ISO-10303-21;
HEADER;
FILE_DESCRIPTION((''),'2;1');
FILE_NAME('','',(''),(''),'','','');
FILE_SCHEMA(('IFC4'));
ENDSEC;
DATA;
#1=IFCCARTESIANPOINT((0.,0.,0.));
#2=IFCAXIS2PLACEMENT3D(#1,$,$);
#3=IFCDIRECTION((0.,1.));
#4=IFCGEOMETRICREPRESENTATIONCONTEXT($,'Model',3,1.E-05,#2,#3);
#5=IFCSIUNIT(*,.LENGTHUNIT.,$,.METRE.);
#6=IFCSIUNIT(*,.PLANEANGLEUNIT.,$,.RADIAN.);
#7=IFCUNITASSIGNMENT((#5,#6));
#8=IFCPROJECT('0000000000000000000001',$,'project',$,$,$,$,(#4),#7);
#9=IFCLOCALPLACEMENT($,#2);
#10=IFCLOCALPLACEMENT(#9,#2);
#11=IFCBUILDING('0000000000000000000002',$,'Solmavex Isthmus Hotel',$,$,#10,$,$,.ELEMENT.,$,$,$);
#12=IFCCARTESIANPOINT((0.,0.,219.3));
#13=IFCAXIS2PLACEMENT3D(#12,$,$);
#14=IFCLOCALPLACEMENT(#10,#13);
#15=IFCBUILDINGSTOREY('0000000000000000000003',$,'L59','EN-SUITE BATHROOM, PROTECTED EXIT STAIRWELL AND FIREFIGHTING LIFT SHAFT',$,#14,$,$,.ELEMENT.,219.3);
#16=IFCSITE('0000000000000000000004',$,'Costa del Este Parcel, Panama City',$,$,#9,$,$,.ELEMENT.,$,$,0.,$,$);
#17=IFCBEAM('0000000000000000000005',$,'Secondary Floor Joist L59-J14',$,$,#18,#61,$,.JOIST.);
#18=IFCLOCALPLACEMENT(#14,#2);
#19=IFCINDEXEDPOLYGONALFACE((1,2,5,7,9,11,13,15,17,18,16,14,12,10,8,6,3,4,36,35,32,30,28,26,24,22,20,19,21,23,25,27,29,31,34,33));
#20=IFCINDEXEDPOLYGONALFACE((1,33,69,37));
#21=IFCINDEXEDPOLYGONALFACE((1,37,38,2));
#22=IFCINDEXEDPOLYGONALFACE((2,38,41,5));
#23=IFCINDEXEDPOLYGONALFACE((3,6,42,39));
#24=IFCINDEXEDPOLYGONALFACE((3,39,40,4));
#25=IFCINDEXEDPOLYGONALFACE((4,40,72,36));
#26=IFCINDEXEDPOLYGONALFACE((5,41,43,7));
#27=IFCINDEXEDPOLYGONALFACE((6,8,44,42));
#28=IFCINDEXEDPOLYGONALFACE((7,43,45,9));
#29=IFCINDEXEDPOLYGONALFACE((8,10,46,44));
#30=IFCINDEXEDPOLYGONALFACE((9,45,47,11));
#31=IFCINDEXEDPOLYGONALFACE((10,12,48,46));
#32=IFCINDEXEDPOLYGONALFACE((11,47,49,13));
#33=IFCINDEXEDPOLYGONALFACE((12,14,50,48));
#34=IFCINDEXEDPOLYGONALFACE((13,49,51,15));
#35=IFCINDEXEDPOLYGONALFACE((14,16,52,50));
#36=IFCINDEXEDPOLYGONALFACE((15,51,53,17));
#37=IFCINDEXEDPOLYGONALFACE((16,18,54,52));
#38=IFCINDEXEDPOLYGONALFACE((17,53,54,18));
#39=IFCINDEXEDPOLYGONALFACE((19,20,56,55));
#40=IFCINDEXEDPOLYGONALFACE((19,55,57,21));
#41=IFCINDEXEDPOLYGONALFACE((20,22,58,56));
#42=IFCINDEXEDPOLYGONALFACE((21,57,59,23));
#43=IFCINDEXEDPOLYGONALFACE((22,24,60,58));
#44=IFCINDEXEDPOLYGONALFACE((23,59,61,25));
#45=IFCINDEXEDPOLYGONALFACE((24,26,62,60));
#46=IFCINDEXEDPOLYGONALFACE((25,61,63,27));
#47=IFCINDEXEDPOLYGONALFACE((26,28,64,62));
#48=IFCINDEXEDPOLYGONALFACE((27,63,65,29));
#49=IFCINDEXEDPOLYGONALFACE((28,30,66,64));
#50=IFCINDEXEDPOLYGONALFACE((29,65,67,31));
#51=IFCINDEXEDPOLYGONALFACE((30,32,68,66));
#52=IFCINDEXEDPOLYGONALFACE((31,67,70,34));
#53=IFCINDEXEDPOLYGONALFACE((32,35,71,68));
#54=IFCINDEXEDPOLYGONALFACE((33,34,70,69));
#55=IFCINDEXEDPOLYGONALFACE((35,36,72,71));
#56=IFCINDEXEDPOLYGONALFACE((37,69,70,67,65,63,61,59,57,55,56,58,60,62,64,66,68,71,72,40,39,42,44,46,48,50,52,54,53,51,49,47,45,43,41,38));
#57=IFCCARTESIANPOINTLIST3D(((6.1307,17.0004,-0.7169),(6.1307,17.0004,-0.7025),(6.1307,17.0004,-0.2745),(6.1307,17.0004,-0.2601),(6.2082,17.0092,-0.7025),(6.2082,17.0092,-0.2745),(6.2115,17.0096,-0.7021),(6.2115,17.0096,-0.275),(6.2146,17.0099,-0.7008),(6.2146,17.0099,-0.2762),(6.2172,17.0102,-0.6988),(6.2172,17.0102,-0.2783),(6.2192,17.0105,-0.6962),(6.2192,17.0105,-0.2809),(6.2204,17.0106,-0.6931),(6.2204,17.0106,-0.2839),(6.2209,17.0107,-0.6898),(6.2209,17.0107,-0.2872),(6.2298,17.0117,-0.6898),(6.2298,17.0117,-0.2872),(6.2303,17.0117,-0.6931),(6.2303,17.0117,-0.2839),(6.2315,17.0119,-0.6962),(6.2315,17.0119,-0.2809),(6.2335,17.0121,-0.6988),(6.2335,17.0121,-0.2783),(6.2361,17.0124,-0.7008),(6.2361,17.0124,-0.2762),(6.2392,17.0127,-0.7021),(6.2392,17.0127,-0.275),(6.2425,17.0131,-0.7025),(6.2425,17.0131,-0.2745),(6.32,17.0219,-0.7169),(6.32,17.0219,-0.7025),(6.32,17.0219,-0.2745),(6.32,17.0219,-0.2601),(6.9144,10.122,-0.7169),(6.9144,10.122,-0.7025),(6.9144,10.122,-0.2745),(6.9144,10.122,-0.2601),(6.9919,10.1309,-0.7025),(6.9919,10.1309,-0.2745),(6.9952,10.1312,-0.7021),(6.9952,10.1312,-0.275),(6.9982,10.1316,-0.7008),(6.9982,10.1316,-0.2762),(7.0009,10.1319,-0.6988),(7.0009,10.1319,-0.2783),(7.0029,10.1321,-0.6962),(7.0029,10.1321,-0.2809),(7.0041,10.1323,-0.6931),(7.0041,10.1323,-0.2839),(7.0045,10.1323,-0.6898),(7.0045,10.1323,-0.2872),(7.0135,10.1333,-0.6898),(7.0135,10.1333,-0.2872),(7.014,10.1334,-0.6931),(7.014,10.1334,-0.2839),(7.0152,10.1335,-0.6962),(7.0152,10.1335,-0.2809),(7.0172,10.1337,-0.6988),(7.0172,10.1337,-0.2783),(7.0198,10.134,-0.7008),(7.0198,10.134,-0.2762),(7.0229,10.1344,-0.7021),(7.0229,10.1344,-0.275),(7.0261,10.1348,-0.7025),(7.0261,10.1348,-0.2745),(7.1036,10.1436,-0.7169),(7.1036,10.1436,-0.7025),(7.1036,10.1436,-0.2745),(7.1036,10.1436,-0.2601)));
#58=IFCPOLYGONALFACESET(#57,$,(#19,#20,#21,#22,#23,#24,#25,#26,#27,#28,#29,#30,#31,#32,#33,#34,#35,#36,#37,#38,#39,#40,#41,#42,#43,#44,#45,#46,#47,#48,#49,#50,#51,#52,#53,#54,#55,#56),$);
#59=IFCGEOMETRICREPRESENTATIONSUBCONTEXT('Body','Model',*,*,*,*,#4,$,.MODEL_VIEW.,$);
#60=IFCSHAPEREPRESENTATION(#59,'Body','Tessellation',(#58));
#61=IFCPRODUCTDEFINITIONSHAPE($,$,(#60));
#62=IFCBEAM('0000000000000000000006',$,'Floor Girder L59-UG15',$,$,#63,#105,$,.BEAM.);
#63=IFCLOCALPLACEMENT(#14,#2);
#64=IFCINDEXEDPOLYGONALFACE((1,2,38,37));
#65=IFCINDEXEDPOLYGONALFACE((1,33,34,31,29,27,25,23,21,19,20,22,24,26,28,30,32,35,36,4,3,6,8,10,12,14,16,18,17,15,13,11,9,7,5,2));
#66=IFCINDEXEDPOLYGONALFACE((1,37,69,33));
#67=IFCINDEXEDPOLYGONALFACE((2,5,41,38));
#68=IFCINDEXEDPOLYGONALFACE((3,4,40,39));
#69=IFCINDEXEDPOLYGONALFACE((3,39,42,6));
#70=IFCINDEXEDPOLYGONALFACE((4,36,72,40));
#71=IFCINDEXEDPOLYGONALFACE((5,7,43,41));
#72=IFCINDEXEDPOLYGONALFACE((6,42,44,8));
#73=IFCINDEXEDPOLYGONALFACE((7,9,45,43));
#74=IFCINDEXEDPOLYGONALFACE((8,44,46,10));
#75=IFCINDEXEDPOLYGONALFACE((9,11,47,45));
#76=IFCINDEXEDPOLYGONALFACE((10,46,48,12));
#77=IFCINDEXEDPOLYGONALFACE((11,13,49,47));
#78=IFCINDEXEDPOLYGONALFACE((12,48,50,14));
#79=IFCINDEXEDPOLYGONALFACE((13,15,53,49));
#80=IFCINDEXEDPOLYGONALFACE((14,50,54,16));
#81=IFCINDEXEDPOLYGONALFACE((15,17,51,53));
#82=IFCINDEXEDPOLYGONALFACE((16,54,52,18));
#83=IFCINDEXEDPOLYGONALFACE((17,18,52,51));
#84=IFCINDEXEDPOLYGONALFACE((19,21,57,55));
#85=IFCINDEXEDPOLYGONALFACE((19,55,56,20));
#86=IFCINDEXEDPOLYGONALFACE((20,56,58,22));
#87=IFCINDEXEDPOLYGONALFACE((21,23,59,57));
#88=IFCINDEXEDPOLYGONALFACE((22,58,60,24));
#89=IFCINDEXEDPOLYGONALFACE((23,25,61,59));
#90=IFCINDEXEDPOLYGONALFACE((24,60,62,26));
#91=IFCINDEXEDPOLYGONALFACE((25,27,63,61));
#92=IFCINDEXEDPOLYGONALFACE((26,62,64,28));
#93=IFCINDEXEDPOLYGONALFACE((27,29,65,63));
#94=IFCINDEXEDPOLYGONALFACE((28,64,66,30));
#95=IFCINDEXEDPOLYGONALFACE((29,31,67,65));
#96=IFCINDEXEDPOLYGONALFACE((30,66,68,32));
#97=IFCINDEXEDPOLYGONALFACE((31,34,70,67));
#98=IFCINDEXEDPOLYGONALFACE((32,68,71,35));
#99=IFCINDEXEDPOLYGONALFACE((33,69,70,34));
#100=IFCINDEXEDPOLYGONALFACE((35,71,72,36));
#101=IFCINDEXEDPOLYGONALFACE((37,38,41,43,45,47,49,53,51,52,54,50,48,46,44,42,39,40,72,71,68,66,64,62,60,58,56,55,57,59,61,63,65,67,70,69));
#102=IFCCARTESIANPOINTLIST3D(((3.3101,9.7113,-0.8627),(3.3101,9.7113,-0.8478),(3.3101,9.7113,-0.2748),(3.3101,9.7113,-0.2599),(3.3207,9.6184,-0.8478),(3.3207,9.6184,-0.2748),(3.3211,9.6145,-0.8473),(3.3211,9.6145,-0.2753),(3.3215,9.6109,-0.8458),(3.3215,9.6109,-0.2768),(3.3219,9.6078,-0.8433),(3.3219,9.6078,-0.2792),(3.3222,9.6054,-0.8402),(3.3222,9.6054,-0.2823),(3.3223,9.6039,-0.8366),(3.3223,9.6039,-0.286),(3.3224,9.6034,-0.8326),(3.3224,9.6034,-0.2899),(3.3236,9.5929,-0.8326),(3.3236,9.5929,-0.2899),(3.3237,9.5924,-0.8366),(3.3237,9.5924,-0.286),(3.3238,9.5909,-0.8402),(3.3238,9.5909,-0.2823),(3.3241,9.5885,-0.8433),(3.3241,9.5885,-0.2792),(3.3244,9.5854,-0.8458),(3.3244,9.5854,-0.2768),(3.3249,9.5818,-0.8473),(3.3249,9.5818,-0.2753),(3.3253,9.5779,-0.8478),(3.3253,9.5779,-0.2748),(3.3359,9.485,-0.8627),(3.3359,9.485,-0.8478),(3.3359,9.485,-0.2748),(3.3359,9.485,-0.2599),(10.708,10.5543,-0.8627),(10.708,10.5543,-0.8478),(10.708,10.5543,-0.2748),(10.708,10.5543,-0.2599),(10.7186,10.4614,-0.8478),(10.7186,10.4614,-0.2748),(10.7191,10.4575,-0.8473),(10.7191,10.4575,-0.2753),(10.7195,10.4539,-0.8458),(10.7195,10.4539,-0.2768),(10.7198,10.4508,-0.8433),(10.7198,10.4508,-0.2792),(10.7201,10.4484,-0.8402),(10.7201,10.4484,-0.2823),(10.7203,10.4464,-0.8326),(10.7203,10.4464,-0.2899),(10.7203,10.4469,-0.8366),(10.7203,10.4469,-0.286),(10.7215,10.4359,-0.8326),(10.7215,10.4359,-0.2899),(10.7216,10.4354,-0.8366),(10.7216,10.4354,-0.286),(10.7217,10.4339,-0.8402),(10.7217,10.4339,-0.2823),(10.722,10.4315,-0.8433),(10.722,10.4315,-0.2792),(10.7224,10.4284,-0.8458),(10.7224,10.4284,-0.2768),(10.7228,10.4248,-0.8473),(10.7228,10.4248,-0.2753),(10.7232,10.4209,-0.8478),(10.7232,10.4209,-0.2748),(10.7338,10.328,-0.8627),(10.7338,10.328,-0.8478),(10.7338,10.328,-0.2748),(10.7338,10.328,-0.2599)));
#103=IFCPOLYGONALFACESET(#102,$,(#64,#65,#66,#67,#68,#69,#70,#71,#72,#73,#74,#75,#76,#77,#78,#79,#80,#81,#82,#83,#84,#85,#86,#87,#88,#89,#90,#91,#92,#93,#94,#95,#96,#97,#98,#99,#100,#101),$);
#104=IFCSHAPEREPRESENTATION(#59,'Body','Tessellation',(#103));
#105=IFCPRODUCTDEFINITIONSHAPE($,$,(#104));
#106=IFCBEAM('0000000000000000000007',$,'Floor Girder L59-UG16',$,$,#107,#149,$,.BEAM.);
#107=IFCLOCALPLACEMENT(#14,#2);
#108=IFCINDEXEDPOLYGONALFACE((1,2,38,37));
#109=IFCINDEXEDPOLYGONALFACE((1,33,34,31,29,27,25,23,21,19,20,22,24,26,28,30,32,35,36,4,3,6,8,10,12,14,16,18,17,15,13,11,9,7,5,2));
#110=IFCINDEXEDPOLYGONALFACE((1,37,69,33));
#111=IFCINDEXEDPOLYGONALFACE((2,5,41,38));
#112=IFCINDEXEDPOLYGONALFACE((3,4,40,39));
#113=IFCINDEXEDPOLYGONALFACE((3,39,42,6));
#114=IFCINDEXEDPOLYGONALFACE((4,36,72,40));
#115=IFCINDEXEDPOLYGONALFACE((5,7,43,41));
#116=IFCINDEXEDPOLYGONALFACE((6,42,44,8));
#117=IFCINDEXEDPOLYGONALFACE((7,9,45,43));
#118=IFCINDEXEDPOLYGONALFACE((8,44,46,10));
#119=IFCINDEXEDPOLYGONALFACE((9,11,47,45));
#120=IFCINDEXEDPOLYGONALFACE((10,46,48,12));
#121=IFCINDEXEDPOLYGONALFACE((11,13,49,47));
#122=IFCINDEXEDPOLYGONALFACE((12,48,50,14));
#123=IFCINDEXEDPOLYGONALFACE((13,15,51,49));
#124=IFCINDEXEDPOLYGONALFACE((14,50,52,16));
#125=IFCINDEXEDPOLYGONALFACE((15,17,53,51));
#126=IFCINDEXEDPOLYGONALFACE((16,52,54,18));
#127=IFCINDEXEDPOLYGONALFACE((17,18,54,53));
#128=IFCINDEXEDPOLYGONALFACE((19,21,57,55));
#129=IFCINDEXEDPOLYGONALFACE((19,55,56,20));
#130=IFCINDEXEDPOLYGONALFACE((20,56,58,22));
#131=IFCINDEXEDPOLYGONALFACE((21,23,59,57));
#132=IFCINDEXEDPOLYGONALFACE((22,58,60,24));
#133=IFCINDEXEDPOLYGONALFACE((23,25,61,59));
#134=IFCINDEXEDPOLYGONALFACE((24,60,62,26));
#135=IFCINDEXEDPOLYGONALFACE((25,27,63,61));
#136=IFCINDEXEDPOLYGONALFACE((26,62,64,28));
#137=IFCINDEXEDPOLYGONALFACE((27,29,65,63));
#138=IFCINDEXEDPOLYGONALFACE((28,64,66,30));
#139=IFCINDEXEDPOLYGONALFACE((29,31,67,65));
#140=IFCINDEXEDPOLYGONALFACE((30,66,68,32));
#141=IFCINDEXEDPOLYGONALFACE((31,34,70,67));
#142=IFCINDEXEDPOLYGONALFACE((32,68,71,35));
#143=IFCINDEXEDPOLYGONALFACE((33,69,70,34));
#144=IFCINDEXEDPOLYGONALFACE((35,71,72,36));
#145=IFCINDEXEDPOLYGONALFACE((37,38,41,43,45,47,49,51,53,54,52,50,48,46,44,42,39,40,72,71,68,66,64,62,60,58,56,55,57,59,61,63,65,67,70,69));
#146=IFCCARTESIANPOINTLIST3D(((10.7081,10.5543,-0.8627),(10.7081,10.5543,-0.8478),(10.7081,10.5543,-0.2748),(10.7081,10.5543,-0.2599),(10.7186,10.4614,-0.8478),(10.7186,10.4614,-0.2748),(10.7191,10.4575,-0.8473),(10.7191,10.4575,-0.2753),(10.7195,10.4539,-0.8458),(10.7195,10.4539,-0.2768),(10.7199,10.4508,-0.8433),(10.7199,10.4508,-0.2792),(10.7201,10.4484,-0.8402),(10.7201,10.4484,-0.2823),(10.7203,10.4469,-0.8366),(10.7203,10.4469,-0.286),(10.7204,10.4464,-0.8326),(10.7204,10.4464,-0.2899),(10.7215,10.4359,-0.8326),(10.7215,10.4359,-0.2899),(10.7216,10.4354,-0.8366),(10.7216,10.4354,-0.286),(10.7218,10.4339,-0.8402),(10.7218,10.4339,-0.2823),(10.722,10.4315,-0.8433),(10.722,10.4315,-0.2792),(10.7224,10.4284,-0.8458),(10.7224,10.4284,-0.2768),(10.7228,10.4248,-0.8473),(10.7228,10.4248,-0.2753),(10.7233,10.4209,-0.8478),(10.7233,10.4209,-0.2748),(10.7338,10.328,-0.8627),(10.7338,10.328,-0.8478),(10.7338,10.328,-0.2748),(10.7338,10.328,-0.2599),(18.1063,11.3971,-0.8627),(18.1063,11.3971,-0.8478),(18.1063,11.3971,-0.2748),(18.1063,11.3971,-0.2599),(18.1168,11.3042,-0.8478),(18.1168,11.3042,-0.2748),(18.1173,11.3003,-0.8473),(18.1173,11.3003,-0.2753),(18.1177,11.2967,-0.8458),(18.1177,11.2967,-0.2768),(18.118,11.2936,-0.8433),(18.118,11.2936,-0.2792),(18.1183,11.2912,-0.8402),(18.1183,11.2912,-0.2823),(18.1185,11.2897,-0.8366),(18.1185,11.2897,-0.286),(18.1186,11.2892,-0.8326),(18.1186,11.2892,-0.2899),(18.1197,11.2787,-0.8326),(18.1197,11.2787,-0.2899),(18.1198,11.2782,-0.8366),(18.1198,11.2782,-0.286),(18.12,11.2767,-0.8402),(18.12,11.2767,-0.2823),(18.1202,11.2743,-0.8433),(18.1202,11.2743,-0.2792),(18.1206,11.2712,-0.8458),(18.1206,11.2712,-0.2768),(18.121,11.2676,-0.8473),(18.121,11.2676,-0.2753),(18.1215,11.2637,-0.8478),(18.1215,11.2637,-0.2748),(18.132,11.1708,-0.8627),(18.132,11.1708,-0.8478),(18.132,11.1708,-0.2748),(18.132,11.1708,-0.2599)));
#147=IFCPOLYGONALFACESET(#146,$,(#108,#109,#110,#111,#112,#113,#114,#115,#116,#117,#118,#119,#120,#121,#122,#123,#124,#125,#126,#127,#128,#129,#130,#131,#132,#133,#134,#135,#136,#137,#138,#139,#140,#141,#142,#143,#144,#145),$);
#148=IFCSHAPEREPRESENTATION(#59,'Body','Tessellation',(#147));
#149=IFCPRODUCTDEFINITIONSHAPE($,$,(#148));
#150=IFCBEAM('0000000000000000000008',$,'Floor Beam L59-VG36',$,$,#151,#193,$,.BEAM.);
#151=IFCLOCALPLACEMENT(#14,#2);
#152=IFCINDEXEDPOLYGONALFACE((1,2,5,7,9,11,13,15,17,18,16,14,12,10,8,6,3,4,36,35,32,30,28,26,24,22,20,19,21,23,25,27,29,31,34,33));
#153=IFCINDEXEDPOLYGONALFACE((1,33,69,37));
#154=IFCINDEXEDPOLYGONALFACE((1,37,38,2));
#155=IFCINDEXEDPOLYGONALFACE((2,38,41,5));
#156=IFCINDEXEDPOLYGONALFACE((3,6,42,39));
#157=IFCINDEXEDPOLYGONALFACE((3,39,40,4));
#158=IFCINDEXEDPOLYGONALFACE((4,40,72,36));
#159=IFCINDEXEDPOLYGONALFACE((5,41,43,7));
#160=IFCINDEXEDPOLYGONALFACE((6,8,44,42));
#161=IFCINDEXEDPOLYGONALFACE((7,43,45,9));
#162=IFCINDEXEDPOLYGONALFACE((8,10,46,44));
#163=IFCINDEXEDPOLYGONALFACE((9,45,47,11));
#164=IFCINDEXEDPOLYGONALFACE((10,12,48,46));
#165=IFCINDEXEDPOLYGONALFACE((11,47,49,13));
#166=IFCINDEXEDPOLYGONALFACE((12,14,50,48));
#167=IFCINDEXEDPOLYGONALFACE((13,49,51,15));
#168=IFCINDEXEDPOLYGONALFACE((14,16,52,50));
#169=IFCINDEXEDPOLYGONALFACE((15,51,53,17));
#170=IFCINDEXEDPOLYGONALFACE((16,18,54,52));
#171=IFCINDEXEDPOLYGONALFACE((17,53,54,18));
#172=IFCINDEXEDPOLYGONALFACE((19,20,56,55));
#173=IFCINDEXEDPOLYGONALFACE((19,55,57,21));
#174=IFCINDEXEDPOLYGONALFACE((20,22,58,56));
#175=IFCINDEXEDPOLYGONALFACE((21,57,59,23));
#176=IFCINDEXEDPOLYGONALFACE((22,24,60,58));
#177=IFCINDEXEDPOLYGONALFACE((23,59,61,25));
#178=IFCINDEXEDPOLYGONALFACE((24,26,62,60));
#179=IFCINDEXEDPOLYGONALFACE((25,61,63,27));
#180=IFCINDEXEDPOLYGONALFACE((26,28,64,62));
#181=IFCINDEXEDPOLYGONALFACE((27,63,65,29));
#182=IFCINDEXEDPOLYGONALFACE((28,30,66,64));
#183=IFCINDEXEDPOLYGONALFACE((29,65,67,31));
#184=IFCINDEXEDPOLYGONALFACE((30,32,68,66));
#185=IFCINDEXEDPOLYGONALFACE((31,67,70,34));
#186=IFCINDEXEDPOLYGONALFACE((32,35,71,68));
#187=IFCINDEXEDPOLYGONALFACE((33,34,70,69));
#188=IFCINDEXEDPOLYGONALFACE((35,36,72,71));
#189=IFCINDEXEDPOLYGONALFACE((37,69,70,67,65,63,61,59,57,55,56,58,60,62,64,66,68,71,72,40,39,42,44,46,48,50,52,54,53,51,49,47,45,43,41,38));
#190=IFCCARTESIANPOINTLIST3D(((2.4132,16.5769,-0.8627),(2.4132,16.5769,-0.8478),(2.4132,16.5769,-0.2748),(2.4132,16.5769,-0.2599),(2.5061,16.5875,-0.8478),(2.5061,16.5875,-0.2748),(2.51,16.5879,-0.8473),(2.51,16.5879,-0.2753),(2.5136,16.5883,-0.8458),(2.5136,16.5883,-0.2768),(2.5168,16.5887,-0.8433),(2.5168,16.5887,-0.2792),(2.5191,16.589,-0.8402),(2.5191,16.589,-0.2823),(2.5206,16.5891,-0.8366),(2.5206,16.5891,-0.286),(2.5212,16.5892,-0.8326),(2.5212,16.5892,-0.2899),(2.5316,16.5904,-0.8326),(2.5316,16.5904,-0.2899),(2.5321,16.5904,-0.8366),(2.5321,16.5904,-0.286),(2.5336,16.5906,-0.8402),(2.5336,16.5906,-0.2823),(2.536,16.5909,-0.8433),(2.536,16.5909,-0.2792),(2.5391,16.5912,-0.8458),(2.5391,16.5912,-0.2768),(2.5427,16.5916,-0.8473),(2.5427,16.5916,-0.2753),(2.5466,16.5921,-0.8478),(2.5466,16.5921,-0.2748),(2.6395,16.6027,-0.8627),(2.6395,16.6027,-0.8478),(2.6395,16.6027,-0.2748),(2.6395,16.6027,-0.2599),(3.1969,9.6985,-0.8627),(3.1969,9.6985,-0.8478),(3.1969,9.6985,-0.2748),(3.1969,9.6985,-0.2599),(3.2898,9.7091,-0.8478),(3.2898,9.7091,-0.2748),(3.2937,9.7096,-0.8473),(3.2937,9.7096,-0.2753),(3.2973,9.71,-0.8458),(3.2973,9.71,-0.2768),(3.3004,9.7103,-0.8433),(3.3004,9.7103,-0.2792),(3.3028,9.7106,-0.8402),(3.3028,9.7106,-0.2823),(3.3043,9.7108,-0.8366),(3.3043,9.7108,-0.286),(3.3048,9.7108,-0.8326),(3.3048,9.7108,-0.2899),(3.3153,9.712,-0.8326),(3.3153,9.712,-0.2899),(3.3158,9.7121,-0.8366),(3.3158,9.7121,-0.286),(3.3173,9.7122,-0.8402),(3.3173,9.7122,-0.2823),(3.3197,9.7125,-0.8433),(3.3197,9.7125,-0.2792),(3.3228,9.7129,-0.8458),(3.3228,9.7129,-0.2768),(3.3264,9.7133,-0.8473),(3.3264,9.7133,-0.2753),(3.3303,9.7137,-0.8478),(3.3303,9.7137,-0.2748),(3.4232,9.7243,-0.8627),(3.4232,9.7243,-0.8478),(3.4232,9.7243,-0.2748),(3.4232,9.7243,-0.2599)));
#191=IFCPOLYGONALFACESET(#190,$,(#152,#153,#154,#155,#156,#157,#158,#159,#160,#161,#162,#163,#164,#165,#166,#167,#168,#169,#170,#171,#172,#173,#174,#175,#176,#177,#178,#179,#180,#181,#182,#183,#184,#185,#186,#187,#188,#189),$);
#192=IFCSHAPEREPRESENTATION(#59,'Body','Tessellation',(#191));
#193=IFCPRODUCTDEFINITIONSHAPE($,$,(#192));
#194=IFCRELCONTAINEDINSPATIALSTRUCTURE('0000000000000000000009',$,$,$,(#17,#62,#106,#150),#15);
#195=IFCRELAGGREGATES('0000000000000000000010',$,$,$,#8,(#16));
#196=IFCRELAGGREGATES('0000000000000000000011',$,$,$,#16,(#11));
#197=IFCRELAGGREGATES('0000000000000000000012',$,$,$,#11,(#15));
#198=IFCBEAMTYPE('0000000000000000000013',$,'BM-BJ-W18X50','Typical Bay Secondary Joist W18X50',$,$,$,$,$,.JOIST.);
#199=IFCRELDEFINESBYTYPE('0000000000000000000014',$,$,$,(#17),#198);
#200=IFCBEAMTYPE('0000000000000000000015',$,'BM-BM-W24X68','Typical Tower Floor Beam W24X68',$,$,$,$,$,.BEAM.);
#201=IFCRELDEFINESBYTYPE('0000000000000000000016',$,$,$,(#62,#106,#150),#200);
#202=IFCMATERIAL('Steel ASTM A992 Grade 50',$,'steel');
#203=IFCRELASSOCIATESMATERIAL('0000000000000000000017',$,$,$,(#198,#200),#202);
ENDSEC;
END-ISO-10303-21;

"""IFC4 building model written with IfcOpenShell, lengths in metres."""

from ifc_helpers import new_model, si_unit, direction, frame, origin, origin_2d, place, context, subcontext, project, spatial, i_section, extrude, material, material_profile, profile_set, type_object, element, save


model = new_model("IFC4")

# Units and contexts
model_context = context("Model", 3, precision=1e-05, world=origin(), true_north=direction((0.0, 1.0)))
body_context = subcontext(model_context, "Body", "Model", "MODEL_VIEW")
ifc_project = project(units=[si_unit("LENGTHUNIT", "METRE"), si_unit("PLANEANGLEUNIT", "RADIAN")], contexts=[model_context])

# Site, building, storey
site_placement = place(None, origin())
site = spatial("IfcSite", under=ifc_project, at=site_placement, Name="Costa del Este Parcel, Panama City", CompositionType="ELEMENT", RefElevation=0.0)
building_placement = place(site_placement, origin())
building = spatial("IfcBuilding", under=site, at=building_placement, Name="Solmavex Isthmus Hotel", CompositionType="ELEMENT")
storey_placement = place(building_placement, frame((0.0, 0.0, 219.3)))
storey = spatial("IfcBuildingStorey", under=building, at=storey_placement, Name="L59", Description="EN-SUITE BATHROOM, PROTECTED EXIT STAIRWELL AND FIREFIGHTING LIFT SHAFT", CompositionType="ELEMENT", Elevation=219.3)

# Beams
ifc_material_1 = material(Name="Steel ASTM A992 Grade 50", Category="steel")
ifc_material_profile_1 = material_profile(ifc_material_1, i_section(OverallWidth=0.1904, OverallDepth=0.4568, WebThickness=0.009, FlangeThickness=0.0144, FilletRadius=0.0127, at=origin_2d()), Name="W18X50")
ifc_profile_set_1 = profile_set([ifc_material_profile_1], Name="Steel ASTM A992 Grade 50")
beam_type_1 = type_object("IfcBeamType", Name="BM-BJ-W18X50", Description="Typical Bay Secondary Joist W18X50", PredefinedType="JOIST", material=ifc_profile_set_1)
beam_1_placement = place(storey_placement, frame((7.009, 10.1328, -0.4885), z_axis=(-0.113202, 0.993572, 0.0), x_axis=(-0.993572, -0.113202, 0.0)))
element("IfcBeam", 1, at=beam_1_placement, inside=storey, type_object=beam_type_1, Name="Secondary Floor Joist L59-J14", PredefinedType="JOIST", context=body_context, shape_type="SweptSolid", body=[
    extrude(i_section(OverallWidth=0.1904, OverallDepth=0.4568, WebThickness=0.009, FlangeThickness=0.0144, FilletRadius=0.0127, at=origin_2d()), origin(), (0.0, 0.0, 1.0), 6.9229),
])
ifc_material_profile_2 = material_profile(ifc_material_1, i_section(OverallWidth=0.2278, OverallDepth=0.6028, WebThickness=0.0105, FlangeThickness=0.0149, FilletRadius=0.0151, at=origin_2d()), Name="W24X68")
ifc_profile_set_2 = profile_set([ifc_material_profile_2], Name="Steel ASTM A992 Grade 50")
beam_type_2 = type_object("IfcBeamType", Name="BM-BM-W24X68", Description="Typical Tower Floor Beam W24X68", PredefinedType="BEAM", material=ifc_profile_set_2)
beam_2_placement = place(storey_placement, frame((3.323, 9.5981, -0.5613), z_axis=(0.99357, 0.11322, 0.0), x_axis=(-0.11322, 0.99357, 0.0)))
element("IfcBeam", 2, at=beam_2_placement, inside=storey, type_object=beam_type_2, Name="Floor Girder L59-UG15", PredefinedType="BEAM", context=body_context, shape_type="SweptSolid", body=[
    extrude(i_section(OverallWidth=0.2278, OverallDepth=0.6028, WebThickness=0.0105, FlangeThickness=0.0149, FilletRadius=0.0151, at=origin_2d()), origin(), (0.0, 0.0, 1.0), 7.4458),
])
beam_3_placement = place(storey_placement, frame((10.7209, 10.4412, -0.5613), z_axis=(0.993574, 0.113184, 0.0), x_axis=(-0.113184, 0.993574, 0.0)))
element("IfcBeam", 3, at=beam_3_placement, inside=storey, type_object=beam_type_2, Name="Floor Girder L59-UG16", PredefinedType="BEAM", context=body_context, shape_type="SweptSolid", body=[
    extrude(i_section(OverallWidth=0.2278, OverallDepth=0.6028, WebThickness=0.0105, FlangeThickness=0.0149, FilletRadius=0.0151, at=origin_2d()), origin(), (0.0, 0.0, 1.0), 7.446),
])
for number, where, z_axis, x_axis, name in (
    (4, (3.3101, 9.7114, -0.5613), (-0.113202, 0.993572, 0.0), (-0.993572, -0.113202, 0.0), "Floor Beam L59-VG36"),
):
    element("IfcBeam", number, at=place(storey_placement, frame(where, z_axis=z_axis, x_axis=x_axis)), inside=storey, type_object=beam_type_2, Name=name, PredefinedType="BEAM", context=body_context, shape_type="SweptSolid", body=[
        extrude(i_section(OverallWidth=0.2278, OverallDepth=0.6028, WebThickness=0.0105, FlangeThickness=0.0149, FilletRadius=0.0151, at=origin_2d()), origin(), (0.0, 0.0, 1.0), 6.9229),
    ])

save(model, "model.ifc")
